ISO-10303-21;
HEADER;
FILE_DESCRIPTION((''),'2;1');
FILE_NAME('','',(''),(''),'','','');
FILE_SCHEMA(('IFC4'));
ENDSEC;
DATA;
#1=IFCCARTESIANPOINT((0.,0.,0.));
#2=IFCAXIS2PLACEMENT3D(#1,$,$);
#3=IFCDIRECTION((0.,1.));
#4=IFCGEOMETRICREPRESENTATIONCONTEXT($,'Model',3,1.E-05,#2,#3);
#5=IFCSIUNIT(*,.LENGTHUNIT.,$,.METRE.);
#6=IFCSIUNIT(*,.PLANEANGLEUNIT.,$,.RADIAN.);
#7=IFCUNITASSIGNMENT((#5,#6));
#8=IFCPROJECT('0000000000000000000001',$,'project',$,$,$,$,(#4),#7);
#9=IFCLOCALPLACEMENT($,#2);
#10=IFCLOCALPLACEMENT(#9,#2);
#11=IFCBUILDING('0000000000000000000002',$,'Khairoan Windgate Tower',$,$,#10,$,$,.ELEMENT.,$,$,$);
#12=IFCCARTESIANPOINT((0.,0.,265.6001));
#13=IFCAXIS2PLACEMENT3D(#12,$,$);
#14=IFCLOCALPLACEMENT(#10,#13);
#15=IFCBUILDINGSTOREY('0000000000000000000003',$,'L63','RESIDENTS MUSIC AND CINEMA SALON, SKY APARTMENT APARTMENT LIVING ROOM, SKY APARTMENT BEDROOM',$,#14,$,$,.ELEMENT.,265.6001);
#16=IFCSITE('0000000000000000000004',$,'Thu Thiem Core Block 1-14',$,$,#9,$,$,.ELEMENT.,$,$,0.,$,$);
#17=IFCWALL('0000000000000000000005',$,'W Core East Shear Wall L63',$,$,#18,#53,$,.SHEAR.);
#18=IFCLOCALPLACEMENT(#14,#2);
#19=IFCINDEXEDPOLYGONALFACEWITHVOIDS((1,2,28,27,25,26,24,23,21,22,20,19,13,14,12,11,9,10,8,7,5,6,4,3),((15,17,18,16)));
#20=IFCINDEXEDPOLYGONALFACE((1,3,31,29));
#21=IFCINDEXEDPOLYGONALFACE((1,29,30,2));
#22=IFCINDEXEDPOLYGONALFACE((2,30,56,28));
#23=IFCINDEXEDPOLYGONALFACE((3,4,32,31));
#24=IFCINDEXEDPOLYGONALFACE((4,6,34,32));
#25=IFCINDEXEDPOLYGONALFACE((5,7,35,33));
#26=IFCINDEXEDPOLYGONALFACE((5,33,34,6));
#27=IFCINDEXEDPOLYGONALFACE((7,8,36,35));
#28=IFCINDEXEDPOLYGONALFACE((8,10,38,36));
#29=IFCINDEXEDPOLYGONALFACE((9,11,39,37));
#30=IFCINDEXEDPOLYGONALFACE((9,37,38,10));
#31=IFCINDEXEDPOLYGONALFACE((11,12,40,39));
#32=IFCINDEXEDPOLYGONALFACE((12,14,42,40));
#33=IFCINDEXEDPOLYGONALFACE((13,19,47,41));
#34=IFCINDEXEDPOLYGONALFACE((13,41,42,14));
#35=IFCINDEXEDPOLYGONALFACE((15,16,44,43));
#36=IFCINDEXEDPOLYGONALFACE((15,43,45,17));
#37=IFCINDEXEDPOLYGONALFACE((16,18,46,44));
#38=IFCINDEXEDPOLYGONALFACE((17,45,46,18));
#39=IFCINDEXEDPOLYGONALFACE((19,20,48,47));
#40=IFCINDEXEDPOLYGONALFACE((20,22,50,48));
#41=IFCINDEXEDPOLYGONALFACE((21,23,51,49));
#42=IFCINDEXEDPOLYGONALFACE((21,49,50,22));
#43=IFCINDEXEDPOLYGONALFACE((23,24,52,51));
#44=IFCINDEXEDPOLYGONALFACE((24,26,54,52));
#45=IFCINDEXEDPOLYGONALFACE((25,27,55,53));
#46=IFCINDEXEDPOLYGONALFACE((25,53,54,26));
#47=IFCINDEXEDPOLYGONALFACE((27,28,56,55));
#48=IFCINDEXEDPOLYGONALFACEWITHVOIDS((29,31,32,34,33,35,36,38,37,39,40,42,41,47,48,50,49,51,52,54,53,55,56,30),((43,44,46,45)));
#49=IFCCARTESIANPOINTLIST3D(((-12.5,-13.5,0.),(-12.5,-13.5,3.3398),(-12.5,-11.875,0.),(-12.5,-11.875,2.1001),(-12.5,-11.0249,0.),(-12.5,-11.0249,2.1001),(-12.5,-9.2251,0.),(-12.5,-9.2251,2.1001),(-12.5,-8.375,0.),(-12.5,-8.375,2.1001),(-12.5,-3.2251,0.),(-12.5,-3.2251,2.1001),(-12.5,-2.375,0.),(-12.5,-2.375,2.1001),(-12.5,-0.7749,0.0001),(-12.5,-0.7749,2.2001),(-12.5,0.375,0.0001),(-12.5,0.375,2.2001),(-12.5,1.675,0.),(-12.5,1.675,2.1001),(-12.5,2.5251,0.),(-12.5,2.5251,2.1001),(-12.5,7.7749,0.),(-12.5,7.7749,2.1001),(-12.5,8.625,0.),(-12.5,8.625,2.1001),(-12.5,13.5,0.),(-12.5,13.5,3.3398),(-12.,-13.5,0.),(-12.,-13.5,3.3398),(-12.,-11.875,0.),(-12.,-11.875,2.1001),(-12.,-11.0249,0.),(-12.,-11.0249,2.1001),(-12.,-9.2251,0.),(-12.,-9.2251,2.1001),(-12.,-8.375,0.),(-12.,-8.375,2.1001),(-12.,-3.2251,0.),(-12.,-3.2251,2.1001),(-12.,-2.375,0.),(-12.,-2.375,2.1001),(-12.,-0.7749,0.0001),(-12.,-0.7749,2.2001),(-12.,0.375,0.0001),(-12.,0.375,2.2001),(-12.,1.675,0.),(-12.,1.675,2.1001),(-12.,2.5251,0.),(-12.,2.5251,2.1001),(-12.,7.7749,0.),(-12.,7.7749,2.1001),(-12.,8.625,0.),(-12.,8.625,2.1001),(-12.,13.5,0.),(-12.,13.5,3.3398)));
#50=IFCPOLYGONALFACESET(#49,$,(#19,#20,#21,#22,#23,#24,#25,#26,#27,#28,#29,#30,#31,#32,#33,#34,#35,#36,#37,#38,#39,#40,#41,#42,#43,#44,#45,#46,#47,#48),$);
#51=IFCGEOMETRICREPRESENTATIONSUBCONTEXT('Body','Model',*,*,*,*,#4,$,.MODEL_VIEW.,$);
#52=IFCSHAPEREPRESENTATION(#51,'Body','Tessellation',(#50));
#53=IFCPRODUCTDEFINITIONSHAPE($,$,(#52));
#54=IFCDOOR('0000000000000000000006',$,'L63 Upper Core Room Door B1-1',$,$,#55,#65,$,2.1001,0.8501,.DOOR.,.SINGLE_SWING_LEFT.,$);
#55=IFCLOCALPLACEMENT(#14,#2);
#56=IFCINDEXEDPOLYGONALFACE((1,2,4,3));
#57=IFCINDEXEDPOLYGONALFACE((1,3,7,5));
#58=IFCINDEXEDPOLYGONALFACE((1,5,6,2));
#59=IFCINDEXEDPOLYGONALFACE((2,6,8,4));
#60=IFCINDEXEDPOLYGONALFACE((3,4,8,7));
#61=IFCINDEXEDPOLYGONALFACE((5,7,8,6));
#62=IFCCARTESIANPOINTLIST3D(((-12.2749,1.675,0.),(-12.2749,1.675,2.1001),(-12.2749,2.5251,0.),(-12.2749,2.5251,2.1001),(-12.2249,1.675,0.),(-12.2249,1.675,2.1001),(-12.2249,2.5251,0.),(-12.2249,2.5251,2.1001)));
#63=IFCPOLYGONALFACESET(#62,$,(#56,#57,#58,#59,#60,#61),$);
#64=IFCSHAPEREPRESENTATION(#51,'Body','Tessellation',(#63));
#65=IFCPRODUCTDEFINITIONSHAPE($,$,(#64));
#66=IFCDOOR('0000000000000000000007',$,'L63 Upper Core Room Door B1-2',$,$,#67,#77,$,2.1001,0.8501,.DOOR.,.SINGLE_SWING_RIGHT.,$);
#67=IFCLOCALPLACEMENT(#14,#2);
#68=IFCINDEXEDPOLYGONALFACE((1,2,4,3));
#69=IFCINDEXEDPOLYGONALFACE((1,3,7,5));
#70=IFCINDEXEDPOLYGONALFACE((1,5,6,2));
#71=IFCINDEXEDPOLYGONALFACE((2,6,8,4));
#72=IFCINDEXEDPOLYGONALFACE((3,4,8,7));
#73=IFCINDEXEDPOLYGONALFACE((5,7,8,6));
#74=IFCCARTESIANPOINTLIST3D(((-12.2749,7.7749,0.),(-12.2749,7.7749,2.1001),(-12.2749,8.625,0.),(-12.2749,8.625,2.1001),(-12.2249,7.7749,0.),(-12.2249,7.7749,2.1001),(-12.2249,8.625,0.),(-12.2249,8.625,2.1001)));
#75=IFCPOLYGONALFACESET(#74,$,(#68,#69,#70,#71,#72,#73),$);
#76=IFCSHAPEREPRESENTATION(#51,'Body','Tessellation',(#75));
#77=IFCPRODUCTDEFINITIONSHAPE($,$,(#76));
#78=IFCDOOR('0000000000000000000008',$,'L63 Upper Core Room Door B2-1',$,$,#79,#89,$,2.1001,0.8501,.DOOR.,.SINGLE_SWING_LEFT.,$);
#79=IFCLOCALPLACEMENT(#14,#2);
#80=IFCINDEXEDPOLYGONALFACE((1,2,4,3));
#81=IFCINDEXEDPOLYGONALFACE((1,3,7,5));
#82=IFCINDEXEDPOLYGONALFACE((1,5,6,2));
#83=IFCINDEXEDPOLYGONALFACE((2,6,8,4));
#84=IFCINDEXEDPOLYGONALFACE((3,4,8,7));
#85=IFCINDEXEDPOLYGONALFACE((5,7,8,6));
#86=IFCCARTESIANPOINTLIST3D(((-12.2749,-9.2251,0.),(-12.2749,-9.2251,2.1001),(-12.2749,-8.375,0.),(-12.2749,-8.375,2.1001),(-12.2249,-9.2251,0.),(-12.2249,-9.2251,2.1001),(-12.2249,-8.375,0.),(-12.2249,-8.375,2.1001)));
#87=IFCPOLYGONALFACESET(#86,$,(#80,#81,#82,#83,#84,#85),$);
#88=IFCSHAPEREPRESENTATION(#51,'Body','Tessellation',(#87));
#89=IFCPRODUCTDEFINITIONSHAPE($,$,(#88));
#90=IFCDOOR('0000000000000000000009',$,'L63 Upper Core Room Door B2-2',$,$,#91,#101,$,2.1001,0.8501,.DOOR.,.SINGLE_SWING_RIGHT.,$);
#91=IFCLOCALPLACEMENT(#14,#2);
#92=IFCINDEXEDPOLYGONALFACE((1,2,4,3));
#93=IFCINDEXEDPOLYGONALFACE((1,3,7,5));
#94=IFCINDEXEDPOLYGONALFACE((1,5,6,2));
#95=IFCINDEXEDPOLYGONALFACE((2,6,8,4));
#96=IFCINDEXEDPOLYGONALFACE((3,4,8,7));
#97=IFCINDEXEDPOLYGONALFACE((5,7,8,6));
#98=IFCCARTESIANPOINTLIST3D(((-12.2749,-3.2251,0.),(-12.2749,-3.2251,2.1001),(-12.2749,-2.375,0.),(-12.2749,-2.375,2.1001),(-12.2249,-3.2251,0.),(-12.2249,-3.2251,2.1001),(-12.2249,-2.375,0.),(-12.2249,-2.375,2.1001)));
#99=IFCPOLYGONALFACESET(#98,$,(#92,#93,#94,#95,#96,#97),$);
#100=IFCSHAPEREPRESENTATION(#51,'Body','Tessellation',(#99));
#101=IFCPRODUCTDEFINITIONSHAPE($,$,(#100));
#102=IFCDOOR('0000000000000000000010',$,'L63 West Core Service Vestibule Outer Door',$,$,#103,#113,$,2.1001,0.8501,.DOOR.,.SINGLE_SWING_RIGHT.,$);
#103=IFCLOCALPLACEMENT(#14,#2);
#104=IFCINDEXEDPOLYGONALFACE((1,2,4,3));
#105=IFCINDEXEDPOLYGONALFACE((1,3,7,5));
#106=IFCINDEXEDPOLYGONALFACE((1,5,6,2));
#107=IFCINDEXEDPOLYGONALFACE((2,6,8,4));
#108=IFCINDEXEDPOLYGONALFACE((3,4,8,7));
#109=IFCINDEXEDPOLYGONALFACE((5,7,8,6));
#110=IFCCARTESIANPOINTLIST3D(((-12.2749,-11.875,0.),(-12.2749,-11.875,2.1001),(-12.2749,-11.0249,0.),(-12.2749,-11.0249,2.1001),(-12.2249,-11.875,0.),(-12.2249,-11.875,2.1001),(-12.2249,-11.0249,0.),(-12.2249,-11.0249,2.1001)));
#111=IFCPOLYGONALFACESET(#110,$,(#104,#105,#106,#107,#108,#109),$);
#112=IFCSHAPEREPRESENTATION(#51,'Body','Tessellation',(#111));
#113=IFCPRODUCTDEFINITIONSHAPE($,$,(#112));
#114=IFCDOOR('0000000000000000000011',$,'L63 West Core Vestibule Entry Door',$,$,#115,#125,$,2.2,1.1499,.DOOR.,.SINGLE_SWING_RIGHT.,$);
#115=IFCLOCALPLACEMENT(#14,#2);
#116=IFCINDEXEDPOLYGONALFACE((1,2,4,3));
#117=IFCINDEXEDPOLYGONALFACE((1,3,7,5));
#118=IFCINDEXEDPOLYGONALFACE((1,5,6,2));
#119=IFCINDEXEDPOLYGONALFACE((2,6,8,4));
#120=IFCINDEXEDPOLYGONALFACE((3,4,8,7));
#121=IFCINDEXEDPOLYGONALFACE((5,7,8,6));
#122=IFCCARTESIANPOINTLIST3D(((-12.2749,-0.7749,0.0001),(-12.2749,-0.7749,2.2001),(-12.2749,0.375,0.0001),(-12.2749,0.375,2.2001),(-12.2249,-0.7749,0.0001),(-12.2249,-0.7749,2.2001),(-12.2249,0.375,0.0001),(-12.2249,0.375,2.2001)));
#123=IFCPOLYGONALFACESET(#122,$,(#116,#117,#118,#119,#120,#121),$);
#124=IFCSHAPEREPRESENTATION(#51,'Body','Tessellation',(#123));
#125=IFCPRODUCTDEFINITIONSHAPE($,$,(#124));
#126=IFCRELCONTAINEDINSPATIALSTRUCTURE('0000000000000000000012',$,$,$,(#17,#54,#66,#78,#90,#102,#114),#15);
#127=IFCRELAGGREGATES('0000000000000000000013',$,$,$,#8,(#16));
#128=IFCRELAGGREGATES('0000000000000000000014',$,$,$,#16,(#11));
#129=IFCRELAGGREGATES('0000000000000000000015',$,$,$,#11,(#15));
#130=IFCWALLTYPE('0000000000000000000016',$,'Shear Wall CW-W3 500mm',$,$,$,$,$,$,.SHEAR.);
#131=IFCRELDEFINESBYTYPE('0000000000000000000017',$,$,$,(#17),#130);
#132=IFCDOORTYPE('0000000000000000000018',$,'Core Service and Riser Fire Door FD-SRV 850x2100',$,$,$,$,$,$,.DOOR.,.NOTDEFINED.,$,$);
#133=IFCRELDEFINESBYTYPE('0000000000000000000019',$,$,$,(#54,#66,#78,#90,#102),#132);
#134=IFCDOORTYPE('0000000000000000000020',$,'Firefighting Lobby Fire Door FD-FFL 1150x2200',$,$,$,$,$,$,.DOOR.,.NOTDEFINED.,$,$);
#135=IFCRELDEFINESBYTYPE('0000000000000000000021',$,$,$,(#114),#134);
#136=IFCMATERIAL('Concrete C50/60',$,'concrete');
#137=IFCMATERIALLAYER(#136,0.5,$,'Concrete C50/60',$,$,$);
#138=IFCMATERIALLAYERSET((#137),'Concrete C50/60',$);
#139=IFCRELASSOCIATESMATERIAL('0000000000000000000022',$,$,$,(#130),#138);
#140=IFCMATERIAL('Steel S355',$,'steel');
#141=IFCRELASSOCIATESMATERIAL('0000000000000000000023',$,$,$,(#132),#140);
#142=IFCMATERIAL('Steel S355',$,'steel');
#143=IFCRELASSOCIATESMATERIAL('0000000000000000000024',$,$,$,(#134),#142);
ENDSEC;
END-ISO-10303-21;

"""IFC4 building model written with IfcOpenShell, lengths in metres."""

from ifc_helpers import new_model, si_unit, direction, frame, frame_2d, origin, place, context, subcontext, project, spatial, rectangle, extrude, material, layer, layer_set, type_object, element, fill, save


model = new_model("IFC4")

# Units and contexts
model_context = context("Model", 3, precision=1e-05, world=origin(), true_north=direction((0.0, 1.0)))
body_context = subcontext(model_context, "Body", "Model", "MODEL_VIEW")
ifc_project = project(units=[si_unit("LENGTHUNIT", "METRE"), si_unit("PLANEANGLEUNIT", "RADIAN")], contexts=[model_context])

# Site, building, storey
site_placement = place(None, origin())
site = spatial("IfcSite", under=ifc_project, at=site_placement, Name="Thu Thiem Core Block 1-14", CompositionType="ELEMENT", RefElevation=0.0)
building_placement = place(site_placement, origin())
building = spatial("IfcBuilding", under=site, at=building_placement, Name="Khairoan Windgate Tower", CompositionType="ELEMENT")
storey_placement = place(building_placement, frame((0.0, 0.0, 265.6001)))
storey = spatial("IfcBuildingStorey", under=building, at=storey_placement, Name="L63", Description="RESIDENTS MUSIC AND CINEMA SALON, SKY APARTMENT APARTMENT LIVING ROOM, SKY APARTMENT BEDROOM", CompositionType="ELEMENT", Elevation=265.6001)

# Wall, openings, doors
ifc_material_1 = material(Name="Concrete C50/60", Category="concrete")
ifc_layer_1 = layer(ifc_material_1, 0.5, Name="Concrete C50/60")
ifc_layer_set_1 = layer_set([ifc_layer_1], Name="Concrete C50/60")
wall_type_1 = type_object("IfcWallType", Name="Shear Wall CW-W3 500mm", PredefinedType="SHEAR", material=ifc_layer_set_1)
wall_1_placement = place(storey_placement, frame((-12.25, -13.5, 0.0), z_axis=(0.0, 0.0, 1.0), x_axis=(0.0, 1.0, 0.0)))
wall_1 = element("IfcWall", 1, at=wall_1_placement, inside=storey, type_object=wall_type_1, Name="W Core East Shear Wall L63", PredefinedType="SHEAR", context=body_context, shape_type="SweptSolid", body=[
    extrude(rectangle(XDim=27.0, YDim=0.5, at=frame_2d((13.5, 0.0))), origin(), (0.0, 0.0, 1.0), 3.3398),
])
opening_1_placement = place(wall_1_placement, frame((15.175, 0.0, 0.0)))
opening_1 = element("IfcOpeningElement", 2, at=opening_1_placement, cuts=wall_1, PredefinedType="OPENING", context=body_context, shape_type="SweptSolid", body=[
    extrude(rectangle(XDim=0.8501, YDim=2.1001, at=frame_2d((0.425, 1.05))), frame((0.0, 0.26, 0.0), z_axis=(0.0, -1.0, 0.0), x_axis=(1.0, 0.0, 0.0)), (0.0, 0.0, 1.0), 0.52),
])
opening_2_placement = place(wall_1_placement, frame((21.2749, 0.0, 0.0)))
opening_2 = element("IfcOpeningElement", 3, at=opening_2_placement, cuts=wall_1, PredefinedType="OPENING", context=body_context, shape_type="SweptSolid", body=[
    extrude(rectangle(XDim=0.8501, YDim=2.1001, at=frame_2d((0.425, 1.05))), frame((0.0, 0.26, 0.0), z_axis=(0.0, -1.0, 0.0), x_axis=(1.0, 0.0, 0.0)), (0.0, 0.0, 1.0), 0.52),
])
opening_3_placement = place(wall_1_placement, frame((4.2749, 0.0, 0.0)))
opening_3 = element("IfcOpeningElement", 4, at=opening_3_placement, cuts=wall_1, PredefinedType="OPENING", context=body_context, shape_type="SweptSolid", body=[
    extrude(rectangle(XDim=0.8501, YDim=2.1001, at=frame_2d((0.425, 1.05))), frame((0.0, 0.26, 0.0), z_axis=(0.0, -1.0, 0.0), x_axis=(1.0, 0.0, 0.0)), (0.0, 0.0, 1.0), 0.52),
])
opening_4_placement = place(wall_1_placement, frame((10.2749, 0.0, 0.0)))
opening_4 = element("IfcOpeningElement", 5, at=opening_4_placement, cuts=wall_1, PredefinedType="OPENING", context=body_context, shape_type="SweptSolid", body=[
    extrude(rectangle(XDim=0.8501, YDim=2.1001, at=frame_2d((0.425, 1.05))), frame((0.0, 0.26, 0.0), z_axis=(0.0, -1.0, 0.0), x_axis=(1.0, 0.0, 0.0)), (0.0, 0.0, 1.0), 0.52),
])
opening_5_placement = place(wall_1_placement, frame((12.7251, 0.0, 0.0)))
opening_5 = element("IfcOpeningElement", 6, at=opening_5_placement, cuts=wall_1, PredefinedType="OPENING", context=body_context, shape_type="SweptSolid", body=[
    extrude(rectangle(XDim=1.1499, YDim=2.2, at=frame_2d((0.575, 1.1001))), frame((0.0, 0.26, 0.0), z_axis=(0.0, -1.0, 0.0), x_axis=(1.0, 0.0, 0.0)), (0.0, 0.0, 1.0), 0.52),
])
opening_6_placement = place(wall_1_placement, frame((1.625, 0.0, 0.0)))
opening_6 = element("IfcOpeningElement", 7, at=opening_6_placement, cuts=wall_1, PredefinedType="OPENING", context=body_context, shape_type="SweptSolid", body=[
    extrude(rectangle(XDim=0.8501, YDim=2.1001, at=frame_2d((0.425, 1.05))), frame((0.0, 0.26, 0.0), z_axis=(0.0, -1.0, 0.0), x_axis=(1.0, 0.0, 0.0)), (0.0, 0.0, 1.0), 0.52),
])
ifc_material_2 = material(Name="Steel S355", Category="steel")
door_type_1 = type_object("IfcDoorType", Name="Core Service and Riser Fire Door FD-SRV 850x2100", OperationType="NOTDEFINED", PredefinedType="DOOR", material=ifc_material_2)
door_1_placement = place(opening_1_placement, origin())
door_1 = element("IfcDoor", 8, at=door_1_placement, inside=storey, type_object=door_type_1, Name="L63 Upper Core Room Door B1-1", OperationType="SINGLE_SWING_LEFT", OverallHeight=2.1001, OverallWidth=0.8501, PredefinedType="DOOR", context=body_context, shape_type="SweptSolid", body=[
    extrude(rectangle(XDim=0.8501, YDim=2.1001, at=frame_2d((0.425, 1.05))), frame((0.0, 0.0249, 0.0), z_axis=(0.0, -1.0, 0.0), x_axis=(1.0, 0.0, 0.0)), (0.0, 0.0, 1.0), 0.05),
])
fill(opening_1, door_1)
door_2_placement = place(opening_2_placement, origin())
door_2 = element("IfcDoor", 9, at=door_2_placement, inside=storey, type_object=door_type_1, Name="L63 Upper Core Room Door B1-2", OperationType="SINGLE_SWING_RIGHT", OverallHeight=2.1001, OverallWidth=0.8501, PredefinedType="DOOR", context=body_context, shape_type="SweptSolid", body=[
    extrude(rectangle(XDim=0.8501, YDim=2.1001, at=frame_2d((0.425, 1.05))), frame((0.0, 0.0249, 0.0), z_axis=(0.0, -1.0, 0.0), x_axis=(1.0, 0.0, 0.0)), (0.0, 0.0, 1.0), 0.05),
])
fill(opening_2, door_2)
door_3_placement = place(opening_3_placement, origin())
door_3 = element("IfcDoor", 10, at=door_3_placement, inside=storey, type_object=door_type_1, Name="L63 Upper Core Room Door B2-1", OperationType="SINGLE_SWING_LEFT", OverallHeight=2.1001, OverallWidth=0.8501, PredefinedType="DOOR", context=body_context, shape_type="SweptSolid", body=[
    extrude(rectangle(XDim=0.8501, YDim=2.1001, at=frame_2d((0.425, 1.05))), frame((0.0, 0.0249, 0.0), z_axis=(0.0, -1.0, 0.0), x_axis=(1.0, 0.0, 0.0)), (0.0, 0.0, 1.0), 0.05),
])
fill(opening_3, door_3)
door_4_placement = place(opening_4_placement, origin())
door_4 = element("IfcDoor", 11, at=door_4_placement, inside=storey, type_object=door_type_1, Name="L63 Upper Core Room Door B2-2", OperationType="SINGLE_SWING_RIGHT", OverallHeight=2.1001, OverallWidth=0.8501, PredefinedType="DOOR", context=body_context, shape_type="SweptSolid", body=[
    extrude(rectangle(XDim=0.8501, YDim=2.1001, at=frame_2d((0.425, 1.05))), frame((0.0, 0.0249, 0.0), z_axis=(0.0, -1.0, 0.0), x_axis=(1.0, 0.0, 0.0)), (0.0, 0.0, 1.0), 0.05),
])
fill(opening_4, door_4)
door_5_placement = place(opening_6_placement, origin())
door_5 = element("IfcDoor", 12, at=door_5_placement, inside=storey, type_object=door_type_1, Name="L63 West Core Service Vestibule Outer Door", OperationType="SINGLE_SWING_RIGHT", OverallHeight=2.1001, OverallWidth=0.8501, PredefinedType="DOOR", context=body_context, shape_type="SweptSolid", body=[
    extrude(rectangle(XDim=0.8501, YDim=2.1001, at=frame_2d((0.425, 1.05))), frame((0.0, 0.0249, 0.0), z_axis=(0.0, -1.0, 0.0), x_axis=(1.0, 0.0, 0.0)), (0.0, 0.0, 1.0), 0.05),
])
fill(opening_6, door_5)
ifc_material_3 = material(Name="Steel S355", Category="steel")
door_type_2 = type_object("IfcDoorType", Name="Firefighting Lobby Fire Door FD-FFL 1150x2200", OperationType="NOTDEFINED", PredefinedType="DOOR", material=ifc_material_3)
door_6_placement = place(opening_5_placement, origin())
door_6 = element("IfcDoor", 13, at=door_6_placement, inside=storey, type_object=door_type_2, Name="L63 West Core Vestibule Entry Door", OperationType="SINGLE_SWING_RIGHT", OverallHeight=2.2, OverallWidth=1.1499, PredefinedType="DOOR", context=body_context, shape_type="SweptSolid", body=[
    extrude(rectangle(XDim=1.1499, YDim=2.2, at=frame_2d((0.575, 1.1001))), frame((0.0, 0.0249, 0.0), z_axis=(0.0, -1.0, 0.0), x_axis=(1.0, 0.0, 0.0)), (0.0, 0.0, 1.0), 0.05),
])
fill(opening_5, door_6)

save(model, "model.ifc")
